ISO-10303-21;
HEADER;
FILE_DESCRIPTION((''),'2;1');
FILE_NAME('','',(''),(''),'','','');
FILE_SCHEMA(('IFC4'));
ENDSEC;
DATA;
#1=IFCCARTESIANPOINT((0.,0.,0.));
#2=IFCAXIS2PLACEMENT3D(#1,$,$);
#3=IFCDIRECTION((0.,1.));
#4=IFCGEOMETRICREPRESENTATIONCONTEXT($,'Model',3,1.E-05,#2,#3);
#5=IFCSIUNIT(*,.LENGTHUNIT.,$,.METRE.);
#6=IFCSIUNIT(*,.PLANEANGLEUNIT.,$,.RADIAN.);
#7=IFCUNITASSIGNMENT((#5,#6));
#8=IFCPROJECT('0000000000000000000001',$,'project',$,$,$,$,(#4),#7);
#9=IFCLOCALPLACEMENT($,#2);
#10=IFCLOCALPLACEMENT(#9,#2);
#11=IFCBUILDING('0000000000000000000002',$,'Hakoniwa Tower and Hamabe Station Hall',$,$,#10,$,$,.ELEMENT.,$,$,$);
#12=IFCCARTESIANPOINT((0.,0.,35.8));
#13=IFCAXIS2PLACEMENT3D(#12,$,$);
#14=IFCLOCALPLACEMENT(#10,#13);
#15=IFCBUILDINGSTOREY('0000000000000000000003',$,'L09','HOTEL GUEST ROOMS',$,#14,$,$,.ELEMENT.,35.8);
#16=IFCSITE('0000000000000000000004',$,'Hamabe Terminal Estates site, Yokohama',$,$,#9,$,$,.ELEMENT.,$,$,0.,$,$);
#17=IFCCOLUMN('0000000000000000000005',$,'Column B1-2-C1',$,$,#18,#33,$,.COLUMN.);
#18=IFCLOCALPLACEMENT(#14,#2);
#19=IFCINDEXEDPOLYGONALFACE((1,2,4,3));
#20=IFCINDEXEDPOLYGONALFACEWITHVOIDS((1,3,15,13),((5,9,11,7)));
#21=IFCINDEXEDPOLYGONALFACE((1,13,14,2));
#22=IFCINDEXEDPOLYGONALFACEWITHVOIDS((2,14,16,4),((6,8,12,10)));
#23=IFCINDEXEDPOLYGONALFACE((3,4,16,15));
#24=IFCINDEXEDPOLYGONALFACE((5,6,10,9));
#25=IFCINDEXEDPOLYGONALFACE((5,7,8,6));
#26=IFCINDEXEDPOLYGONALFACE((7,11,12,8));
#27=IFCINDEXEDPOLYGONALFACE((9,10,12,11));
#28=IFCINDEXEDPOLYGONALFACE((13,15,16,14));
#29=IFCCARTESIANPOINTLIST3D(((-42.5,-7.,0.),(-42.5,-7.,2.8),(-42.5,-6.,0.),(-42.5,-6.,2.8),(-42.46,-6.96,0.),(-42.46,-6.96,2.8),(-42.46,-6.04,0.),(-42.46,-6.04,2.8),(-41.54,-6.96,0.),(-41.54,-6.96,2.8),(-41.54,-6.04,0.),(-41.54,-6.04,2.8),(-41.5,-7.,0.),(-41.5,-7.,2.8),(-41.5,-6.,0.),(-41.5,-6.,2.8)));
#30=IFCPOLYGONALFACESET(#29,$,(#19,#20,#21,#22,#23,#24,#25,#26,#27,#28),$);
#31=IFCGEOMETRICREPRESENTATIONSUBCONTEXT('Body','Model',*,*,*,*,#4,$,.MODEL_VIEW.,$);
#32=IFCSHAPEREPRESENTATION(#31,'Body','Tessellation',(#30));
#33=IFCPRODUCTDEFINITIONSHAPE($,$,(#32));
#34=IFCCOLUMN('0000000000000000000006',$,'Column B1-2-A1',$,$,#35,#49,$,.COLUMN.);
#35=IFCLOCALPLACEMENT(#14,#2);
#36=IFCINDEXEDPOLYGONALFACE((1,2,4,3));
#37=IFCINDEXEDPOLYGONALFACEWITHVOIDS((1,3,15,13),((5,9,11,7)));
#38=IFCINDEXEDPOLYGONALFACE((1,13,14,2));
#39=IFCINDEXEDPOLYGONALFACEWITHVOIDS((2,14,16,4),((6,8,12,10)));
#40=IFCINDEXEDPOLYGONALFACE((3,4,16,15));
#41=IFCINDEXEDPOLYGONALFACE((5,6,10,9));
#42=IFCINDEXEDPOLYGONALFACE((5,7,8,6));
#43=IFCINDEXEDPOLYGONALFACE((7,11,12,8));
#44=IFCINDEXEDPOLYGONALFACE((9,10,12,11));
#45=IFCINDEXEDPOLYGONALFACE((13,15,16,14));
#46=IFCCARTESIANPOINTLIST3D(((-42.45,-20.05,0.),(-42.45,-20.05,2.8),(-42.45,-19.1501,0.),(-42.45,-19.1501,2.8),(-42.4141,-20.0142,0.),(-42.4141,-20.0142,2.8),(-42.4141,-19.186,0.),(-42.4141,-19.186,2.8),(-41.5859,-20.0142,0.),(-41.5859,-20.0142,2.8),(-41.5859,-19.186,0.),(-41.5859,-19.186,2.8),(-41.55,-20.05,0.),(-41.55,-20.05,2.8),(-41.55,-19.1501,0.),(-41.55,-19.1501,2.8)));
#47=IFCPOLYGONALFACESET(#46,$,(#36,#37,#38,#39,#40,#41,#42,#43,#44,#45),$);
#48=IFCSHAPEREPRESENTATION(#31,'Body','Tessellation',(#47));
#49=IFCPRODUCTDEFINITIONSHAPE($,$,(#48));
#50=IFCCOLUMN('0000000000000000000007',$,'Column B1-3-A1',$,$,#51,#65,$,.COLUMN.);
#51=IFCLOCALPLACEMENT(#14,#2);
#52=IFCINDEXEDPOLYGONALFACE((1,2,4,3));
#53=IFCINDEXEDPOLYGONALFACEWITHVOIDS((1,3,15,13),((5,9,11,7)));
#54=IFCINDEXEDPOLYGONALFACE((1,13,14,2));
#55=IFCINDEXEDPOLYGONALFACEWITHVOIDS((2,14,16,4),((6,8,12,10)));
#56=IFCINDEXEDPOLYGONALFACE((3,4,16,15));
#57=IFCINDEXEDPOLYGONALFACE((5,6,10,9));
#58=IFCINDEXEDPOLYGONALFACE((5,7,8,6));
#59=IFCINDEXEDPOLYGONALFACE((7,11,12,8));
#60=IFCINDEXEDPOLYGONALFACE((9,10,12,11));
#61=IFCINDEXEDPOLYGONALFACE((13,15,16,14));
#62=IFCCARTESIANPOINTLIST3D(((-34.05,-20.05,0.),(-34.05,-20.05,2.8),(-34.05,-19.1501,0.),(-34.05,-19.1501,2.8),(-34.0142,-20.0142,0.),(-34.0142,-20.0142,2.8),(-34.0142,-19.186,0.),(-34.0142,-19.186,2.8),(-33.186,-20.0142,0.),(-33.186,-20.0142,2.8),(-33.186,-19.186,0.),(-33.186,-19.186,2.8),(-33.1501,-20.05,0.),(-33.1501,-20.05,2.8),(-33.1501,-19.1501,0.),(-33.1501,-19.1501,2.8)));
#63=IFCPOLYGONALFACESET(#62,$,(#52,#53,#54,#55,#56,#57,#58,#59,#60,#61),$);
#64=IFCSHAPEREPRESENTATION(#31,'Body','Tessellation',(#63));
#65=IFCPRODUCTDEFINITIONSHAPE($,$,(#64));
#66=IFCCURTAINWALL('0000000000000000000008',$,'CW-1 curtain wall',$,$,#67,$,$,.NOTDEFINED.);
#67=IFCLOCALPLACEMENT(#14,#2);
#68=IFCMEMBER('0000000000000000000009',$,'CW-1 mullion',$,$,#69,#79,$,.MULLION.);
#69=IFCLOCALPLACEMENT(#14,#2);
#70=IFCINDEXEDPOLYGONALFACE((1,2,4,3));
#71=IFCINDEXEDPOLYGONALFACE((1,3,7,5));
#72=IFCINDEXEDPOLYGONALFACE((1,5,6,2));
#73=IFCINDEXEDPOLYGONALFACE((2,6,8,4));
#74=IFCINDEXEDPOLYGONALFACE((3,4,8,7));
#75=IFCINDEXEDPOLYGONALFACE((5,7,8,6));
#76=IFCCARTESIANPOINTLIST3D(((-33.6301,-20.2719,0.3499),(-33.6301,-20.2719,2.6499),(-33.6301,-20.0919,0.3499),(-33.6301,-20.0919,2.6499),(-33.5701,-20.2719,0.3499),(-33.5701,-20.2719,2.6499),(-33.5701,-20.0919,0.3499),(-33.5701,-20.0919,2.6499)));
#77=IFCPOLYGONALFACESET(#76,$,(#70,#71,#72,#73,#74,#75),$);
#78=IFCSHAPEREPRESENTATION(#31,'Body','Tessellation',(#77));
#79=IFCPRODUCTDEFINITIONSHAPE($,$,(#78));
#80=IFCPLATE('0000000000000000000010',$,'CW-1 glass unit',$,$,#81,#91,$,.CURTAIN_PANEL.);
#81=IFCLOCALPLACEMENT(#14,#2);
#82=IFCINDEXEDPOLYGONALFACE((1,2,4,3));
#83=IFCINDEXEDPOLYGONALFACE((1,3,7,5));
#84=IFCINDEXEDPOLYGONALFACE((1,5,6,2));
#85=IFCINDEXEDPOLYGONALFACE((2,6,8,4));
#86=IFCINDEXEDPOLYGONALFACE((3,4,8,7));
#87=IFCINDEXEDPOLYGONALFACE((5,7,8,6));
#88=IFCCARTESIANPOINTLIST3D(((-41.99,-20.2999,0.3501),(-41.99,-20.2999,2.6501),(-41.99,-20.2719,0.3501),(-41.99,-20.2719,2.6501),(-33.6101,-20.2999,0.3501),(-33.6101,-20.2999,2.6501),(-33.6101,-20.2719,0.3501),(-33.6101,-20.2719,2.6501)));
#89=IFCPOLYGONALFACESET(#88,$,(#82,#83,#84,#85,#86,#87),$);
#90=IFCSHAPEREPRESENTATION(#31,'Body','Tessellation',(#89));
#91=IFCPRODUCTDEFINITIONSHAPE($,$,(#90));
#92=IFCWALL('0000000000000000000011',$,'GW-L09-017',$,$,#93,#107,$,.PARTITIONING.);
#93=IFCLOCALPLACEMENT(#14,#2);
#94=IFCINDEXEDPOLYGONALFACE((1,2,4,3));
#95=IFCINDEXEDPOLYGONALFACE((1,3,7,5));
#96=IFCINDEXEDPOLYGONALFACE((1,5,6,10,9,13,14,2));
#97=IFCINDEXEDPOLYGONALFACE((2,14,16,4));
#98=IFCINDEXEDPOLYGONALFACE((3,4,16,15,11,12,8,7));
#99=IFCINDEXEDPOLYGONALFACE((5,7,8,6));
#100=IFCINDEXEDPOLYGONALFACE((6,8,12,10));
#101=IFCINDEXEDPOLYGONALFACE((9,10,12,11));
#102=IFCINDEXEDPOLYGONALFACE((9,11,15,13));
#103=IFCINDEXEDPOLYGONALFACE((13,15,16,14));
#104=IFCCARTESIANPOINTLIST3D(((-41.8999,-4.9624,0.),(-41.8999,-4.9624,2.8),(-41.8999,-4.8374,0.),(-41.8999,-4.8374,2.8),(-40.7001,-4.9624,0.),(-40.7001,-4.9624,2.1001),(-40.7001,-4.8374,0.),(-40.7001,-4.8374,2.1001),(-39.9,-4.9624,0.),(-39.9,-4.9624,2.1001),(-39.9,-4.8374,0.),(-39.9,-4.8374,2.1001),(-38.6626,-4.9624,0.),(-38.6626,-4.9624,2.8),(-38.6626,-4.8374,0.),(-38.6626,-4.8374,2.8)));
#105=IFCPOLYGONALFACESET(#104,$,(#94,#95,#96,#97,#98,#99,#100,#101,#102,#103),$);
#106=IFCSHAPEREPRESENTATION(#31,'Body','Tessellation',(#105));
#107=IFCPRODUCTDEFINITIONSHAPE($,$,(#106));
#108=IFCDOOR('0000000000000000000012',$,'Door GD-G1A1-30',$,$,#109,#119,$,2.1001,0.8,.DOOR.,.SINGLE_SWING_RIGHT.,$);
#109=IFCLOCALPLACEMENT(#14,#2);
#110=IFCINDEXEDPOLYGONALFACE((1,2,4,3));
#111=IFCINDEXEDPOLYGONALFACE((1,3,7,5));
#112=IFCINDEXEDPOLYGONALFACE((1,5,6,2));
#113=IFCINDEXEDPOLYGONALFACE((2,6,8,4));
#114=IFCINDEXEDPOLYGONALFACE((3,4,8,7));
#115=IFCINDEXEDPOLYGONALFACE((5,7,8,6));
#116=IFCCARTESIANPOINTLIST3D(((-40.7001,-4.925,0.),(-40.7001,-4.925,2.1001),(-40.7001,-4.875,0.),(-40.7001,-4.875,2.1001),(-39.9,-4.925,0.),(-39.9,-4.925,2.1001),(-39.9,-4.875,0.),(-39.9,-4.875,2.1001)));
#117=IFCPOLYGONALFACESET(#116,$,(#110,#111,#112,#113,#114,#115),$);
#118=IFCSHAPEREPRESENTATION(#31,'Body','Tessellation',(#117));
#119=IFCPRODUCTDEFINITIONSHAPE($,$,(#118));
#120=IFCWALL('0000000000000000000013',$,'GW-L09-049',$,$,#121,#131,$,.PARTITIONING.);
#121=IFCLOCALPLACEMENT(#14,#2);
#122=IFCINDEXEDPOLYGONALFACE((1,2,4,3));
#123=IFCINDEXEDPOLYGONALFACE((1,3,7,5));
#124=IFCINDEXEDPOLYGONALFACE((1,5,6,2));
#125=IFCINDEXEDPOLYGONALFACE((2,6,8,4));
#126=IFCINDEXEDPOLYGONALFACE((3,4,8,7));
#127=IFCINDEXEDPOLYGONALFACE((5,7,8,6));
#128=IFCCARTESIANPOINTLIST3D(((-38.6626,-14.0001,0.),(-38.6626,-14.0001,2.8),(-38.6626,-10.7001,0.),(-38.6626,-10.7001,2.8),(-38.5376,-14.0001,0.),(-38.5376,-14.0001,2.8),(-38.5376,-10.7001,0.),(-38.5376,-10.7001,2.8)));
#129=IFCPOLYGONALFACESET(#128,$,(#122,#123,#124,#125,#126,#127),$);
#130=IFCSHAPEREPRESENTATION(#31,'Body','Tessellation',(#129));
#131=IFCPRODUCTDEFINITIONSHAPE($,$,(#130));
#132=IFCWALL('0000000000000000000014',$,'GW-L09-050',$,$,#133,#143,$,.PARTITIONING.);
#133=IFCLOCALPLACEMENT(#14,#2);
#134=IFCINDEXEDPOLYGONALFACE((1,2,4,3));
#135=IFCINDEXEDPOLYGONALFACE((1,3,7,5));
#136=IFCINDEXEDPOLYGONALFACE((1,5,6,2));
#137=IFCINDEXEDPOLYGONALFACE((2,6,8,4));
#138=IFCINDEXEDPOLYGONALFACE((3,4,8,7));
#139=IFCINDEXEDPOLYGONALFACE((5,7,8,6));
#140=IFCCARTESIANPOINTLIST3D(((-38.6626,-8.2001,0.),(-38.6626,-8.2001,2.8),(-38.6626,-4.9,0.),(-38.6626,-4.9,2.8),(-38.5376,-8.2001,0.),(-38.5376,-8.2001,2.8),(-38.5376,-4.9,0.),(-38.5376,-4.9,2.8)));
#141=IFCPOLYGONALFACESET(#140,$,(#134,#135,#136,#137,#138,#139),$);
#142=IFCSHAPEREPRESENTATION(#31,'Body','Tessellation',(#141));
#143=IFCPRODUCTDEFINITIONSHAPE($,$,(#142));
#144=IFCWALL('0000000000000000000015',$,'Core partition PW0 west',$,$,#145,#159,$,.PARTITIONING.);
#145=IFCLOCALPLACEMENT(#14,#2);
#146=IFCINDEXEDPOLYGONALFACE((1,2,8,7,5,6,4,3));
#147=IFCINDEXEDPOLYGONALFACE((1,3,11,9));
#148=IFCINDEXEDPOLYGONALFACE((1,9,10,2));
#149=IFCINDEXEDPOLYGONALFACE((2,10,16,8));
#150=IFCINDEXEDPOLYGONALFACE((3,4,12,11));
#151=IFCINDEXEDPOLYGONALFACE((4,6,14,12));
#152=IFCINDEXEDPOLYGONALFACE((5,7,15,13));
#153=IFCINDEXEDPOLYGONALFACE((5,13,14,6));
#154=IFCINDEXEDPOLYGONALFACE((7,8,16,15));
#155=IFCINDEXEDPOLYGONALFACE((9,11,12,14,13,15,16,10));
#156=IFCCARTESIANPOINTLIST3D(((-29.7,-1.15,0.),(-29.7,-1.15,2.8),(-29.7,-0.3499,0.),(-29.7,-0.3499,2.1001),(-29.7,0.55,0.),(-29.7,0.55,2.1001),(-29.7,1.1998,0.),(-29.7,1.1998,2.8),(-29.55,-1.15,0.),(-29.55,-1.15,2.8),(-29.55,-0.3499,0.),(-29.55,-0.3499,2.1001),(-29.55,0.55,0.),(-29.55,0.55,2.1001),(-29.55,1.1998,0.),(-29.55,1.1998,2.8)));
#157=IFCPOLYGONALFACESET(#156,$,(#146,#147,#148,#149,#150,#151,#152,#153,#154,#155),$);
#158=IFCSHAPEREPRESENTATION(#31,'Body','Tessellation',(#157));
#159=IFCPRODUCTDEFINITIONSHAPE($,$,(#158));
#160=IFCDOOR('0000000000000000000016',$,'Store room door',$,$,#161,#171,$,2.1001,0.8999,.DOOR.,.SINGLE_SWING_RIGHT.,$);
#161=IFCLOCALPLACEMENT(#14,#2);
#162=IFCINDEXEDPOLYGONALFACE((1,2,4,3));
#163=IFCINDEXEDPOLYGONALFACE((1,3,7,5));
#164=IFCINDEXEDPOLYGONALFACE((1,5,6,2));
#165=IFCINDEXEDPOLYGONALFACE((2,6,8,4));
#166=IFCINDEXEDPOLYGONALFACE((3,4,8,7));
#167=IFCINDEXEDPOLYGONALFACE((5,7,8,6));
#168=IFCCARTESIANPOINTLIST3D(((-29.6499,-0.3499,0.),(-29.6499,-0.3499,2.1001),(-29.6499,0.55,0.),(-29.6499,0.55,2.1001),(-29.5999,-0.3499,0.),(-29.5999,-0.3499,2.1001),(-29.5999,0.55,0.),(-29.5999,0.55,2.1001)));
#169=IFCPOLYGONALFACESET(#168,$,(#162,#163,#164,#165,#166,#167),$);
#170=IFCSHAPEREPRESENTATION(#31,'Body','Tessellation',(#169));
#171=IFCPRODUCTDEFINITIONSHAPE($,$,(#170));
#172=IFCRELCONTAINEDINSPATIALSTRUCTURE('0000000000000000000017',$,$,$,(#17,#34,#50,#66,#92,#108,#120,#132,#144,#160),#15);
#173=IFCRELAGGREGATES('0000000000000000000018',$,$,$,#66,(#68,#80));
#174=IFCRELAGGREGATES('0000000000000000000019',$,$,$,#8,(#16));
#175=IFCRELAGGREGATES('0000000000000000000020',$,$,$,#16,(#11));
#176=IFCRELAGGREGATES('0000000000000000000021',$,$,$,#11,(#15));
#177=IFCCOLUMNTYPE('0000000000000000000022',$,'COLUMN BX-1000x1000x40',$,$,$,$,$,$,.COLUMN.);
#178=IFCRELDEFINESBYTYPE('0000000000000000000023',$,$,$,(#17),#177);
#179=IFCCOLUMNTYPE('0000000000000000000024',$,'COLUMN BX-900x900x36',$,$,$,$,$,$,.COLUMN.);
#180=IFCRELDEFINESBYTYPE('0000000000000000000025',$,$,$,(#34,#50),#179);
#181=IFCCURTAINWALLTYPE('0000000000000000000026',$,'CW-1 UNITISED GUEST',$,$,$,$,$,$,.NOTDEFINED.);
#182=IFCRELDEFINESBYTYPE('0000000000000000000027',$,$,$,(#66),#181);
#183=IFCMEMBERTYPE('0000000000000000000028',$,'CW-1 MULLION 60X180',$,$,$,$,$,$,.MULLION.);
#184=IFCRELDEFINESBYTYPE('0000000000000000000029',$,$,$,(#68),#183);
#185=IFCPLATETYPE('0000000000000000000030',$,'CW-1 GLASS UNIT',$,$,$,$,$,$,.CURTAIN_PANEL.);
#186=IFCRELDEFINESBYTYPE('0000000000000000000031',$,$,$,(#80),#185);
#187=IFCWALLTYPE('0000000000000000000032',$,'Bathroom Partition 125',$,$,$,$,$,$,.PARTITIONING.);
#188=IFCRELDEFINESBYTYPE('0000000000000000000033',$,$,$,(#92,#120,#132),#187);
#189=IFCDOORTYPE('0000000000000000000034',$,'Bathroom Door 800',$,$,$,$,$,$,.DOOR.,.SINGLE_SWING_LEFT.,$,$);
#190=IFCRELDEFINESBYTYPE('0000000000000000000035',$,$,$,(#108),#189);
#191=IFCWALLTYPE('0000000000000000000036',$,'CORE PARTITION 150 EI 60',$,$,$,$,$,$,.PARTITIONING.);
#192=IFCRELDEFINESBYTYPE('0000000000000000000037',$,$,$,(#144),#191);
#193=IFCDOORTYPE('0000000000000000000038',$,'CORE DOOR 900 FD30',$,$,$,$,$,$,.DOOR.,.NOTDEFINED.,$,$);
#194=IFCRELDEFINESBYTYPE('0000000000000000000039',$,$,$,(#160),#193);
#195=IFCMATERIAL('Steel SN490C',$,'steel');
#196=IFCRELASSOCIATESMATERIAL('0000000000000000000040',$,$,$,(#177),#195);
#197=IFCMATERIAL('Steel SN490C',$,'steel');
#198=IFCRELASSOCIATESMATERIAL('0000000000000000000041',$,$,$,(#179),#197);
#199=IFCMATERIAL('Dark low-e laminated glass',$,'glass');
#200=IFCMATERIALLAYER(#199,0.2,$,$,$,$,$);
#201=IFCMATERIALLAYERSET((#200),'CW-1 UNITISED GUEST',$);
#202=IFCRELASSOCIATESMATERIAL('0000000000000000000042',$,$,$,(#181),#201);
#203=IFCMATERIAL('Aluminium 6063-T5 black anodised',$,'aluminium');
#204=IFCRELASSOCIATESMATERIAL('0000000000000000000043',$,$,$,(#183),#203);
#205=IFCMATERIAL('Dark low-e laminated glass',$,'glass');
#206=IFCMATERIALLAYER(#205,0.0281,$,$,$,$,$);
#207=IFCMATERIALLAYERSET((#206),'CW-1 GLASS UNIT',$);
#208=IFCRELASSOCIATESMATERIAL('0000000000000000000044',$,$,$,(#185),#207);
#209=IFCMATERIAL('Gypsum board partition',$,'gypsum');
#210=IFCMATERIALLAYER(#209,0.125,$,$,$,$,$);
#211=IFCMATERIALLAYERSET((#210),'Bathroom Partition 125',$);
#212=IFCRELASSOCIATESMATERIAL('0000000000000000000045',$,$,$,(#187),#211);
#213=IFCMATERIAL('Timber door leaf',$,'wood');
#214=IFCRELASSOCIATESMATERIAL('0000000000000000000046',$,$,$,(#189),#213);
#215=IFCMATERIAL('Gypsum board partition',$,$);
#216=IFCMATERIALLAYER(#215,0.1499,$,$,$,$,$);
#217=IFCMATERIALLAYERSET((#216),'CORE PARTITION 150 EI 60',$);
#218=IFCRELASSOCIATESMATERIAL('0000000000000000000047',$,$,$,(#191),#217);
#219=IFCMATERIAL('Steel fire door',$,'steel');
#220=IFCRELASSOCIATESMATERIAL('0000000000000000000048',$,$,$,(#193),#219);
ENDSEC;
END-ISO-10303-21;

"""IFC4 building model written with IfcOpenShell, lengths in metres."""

from ifc_helpers import new_model, si_unit, direction, frame, frame_2d, origin, origin_2d, place, context, subcontext, project, spatial, rectangle, hollow_rectangle, extrude, material, layer, layer_set, material_profile, profile_set, type_object, element, fill, aggregate, save


model = new_model("IFC4")

# Units and contexts
model_context = context("Model", 3, precision=1e-05, world=origin(), true_north=direction((0.0, 1.0)))
body_context = subcontext(model_context, "Body", "Model", "MODEL_VIEW")
ifc_project = project(units=[si_unit("LENGTHUNIT", "METRE"), si_unit("PLANEANGLEUNIT", "RADIAN")], contexts=[model_context])

# Site, building, storey
site_placement = place(None, origin())
site = spatial("IfcSite", under=ifc_project, at=site_placement, Name="Hamabe Terminal Estates site, Yokohama", CompositionType="ELEMENT", RefElevation=0.0)
building_placement = place(site_placement, origin())
building = spatial("IfcBuilding", under=site, at=building_placement, Name="Hakoniwa Tower and Hamabe Station Hall", CompositionType="ELEMENT")
storey_placement = place(building_placement, frame((0.0, 0.0, 35.8)))
storey = spatial("IfcBuildingStorey", under=building, at=storey_placement, Name="L09", Description="HOTEL GUEST ROOMS", CompositionType="ELEMENT", Elevation=35.8)

# Columns
ifc_material_1 = material(Name="Steel SN490C", Category="steel")
ifc_material_profile_1 = material_profile(ifc_material_1, hollow_rectangle(XDim=1.0, YDim=1.0, WallThickness=0.04, at=origin_2d()), Name="BX-1000x1000x40")
ifc_profile_set_1 = profile_set([ifc_material_profile_1], Name="Steel SN490C")
column_type_1 = type_object("IfcColumnType", Name="COLUMN BX-1000x1000x40", PredefinedType="COLUMN", material=ifc_profile_set_1)
column_placement = place(storey_placement, frame((-42.0, -6.5, 0.0), z_axis=(0.0, 0.0, 1.0), x_axis=(1.0, 0.0, 0.0)))
element("IfcColumn", 1, at=column_placement, inside=storey, type_object=column_type_1, Name="Column B1-2-C1", PredefinedType="COLUMN", context=body_context, shape_type="SweptSolid", body=[
    extrude(hollow_rectangle(XDim=1.0, YDim=1.0, WallThickness=0.04, at=origin_2d()), origin(), (0.0, 0.0, 1.0), 2.8),
])
ifc_material_2 = material(Name="Steel SN490C", Category="steel")
ifc_material_profile_2 = material_profile(ifc_material_2, hollow_rectangle(XDim=0.8999, YDim=0.8999, WallThickness=0.0359, at=origin_2d()), Name="BX-900x900x36")
ifc_profile_set_2 = profile_set([ifc_material_profile_2], Name="Steel SN490C")
column_type_2 = type_object("IfcColumnType", Name="COLUMN BX-900x900x36", PredefinedType="COLUMN", material=ifc_profile_set_2)
for number, where, z_axis, x_axis, name in (
    (2, (-42.0, -19.6001, 0.0), (0.0, 0.0, 1.0), (1.0, 0.0, 0.0), "Column B1-2-A1"),
    (3, (-33.6001, -19.6001, 0.0), (0.0, 0.0, 1.0), (1.0, 0.0, 0.0), "Column B1-3-A1"),
):
    element("IfcColumn", number, at=place(storey_placement, frame(where, z_axis=z_axis, x_axis=x_axis)), inside=storey, type_object=column_type_2, Name=name, PredefinedType="COLUMN", context=body_context, shape_type="SweptSolid", body=[
        extrude(hollow_rectangle(XDim=0.8999, YDim=0.8999, WallThickness=0.0359, at=origin_2d()), origin(), (0.0, 0.0, 1.0), 2.8),
    ])

# Curtain wall, member, plate
ifc_material_3 = material(Name="Dark low-e laminated glass", Category="glass")
ifc_layer_1 = layer(ifc_material_3, 0.2)
ifc_layer_set_1 = layer_set([ifc_layer_1], Name="CW-1 UNITISED GUEST")
curtain_wall_type = type_object("IfcCurtainWallType", Name="CW-1 UNITISED GUEST", PredefinedType="NOTDEFINED", material=ifc_layer_set_1)
curtain_wall_placement = place(storey_placement, origin())
curtain_wall = element("IfcCurtainWall", 4, at=curtain_wall_placement, inside=storey, type_object=curtain_wall_type, Name="CW-1 curtain wall", PredefinedType="NOTDEFINED")
ifc_material_4 = material(Name="Aluminium 6063-T5 black anodised", Category="aluminium")
ifc_material_profile_3 = material_profile(ifc_material_4, rectangle(XDim=0.0601, YDim=0.1799, at=origin_2d()), Name="CW-1 MULLION 60X180")
ifc_profile_set_3 = profile_set([ifc_material_profile_3], Name="Aluminium 6063-T5 black anodised")
member_type = type_object("IfcMemberType", Name="CW-1 MULLION 60X180", PredefinedType="MULLION", material=ifc_profile_set_3)
member_placement = place(storey_placement, frame((-33.6001, -20.1819, 0.3499), z_axis=(0.0, 0.0, 1.0), x_axis=(1.0, 0.0, 0.0)))
member = element("IfcMember", 5, at=member_placement, type_object=member_type, Name="CW-1 mullion", PredefinedType="MULLION", context=body_context, shape_type="SweptSolid", body=[
    extrude(rectangle(XDim=0.0601, YDim=0.1799, at=origin_2d()), origin(), (0.0, 0.0, 1.0), 2.3),
])
ifc_material_5 = material(Name="Dark low-e laminated glass", Category="glass")
ifc_layer_2 = layer(ifc_material_5, 0.0281)
ifc_layer_set_2 = layer_set([ifc_layer_2], Name="CW-1 GLASS UNIT")
plate_type = type_object("IfcPlateType", Name="CW-1 GLASS UNIT", PredefinedType="CURTAIN_PANEL", material=ifc_layer_set_2)
plate_placement = place(storey_placement, frame((-37.8, -20.2859, 0.3501), z_axis=(0.0, 0.0, 1.0), x_axis=(1.0, 0.0, 0.0)))
plate = element("IfcPlate", 6, at=plate_placement, type_object=plate_type, Name="CW-1 glass unit", PredefinedType="CURTAIN_PANEL", context=body_context, shape_type="SweptSolid", body=[
    extrude(rectangle(XDim=8.3799, YDim=0.0281, at=origin_2d()), origin(), (0.0, 0.0, 1.0), 2.3),
])
aggregate(curtain_wall, [member, plate])

# Wall, opening, door
ifc_material_6 = material(Name="Gypsum board partition", Category="gypsum")
ifc_layer_3 = layer(ifc_material_6, 0.125)
ifc_layer_set_3 = layer_set([ifc_layer_3], Name="Bathroom Partition 125")
wall_type_1 = type_object("IfcWallType", Name="Bathroom Partition 125", PredefinedType="PARTITIONING", material=ifc_layer_set_3)
wall_1_placement = place(storey_placement, frame((-41.8999, -4.8999, 0.0), z_axis=(0.0, 0.0, 1.0), x_axis=(1.0, 0.0, 0.0)))
wall_1 = element("IfcWall", 7, at=wall_1_placement, inside=storey, type_object=wall_type_1, Name="GW-L09-017", PredefinedType="PARTITIONING", context=body_context, shape_type="SweptSolid", body=[
    extrude(rectangle(XDim=3.2373, YDim=0.125, at=frame_2d((1.6187, 0.0))), origin(), (0.0, 0.0, 1.0), 2.8),
])
opening_1_placement = place(wall_1_placement, frame((1.2, 0.0, 0.0)))
opening_1 = element("IfcOpeningElement", 8, at=opening_1_placement, cuts=wall_1, PredefinedType="OPENING", context=body_context, shape_type="SweptSolid", body=[
    extrude(rectangle(XDim=0.8, YDim=2.1001, at=frame_2d((0.3999, 1.05))), frame((0.0, 0.0725, 0.0), z_axis=(0.0, -1.0, 0.0), x_axis=(1.0, 0.0, 0.0)), (0.0, 0.0, 1.0), 0.145),
])
ifc_material_7 = material(Name="Timber door leaf", Category="wood")
door_type_1 = type_object("IfcDoorType", Name="Bathroom Door 800", OperationType="SINGLE_SWING_LEFT", PredefinedType="DOOR", material=ifc_material_7)
door_1_placement = place(opening_1_placement, origin())
door_1 = element("IfcDoor", 9, at=door_1_placement, inside=storey, type_object=door_type_1, Name="Door GD-G1A1-30", OperationType="SINGLE_SWING_RIGHT", OverallHeight=2.1001, OverallWidth=0.8, PredefinedType="DOOR", context=body_context, shape_type="SweptSolid", body=[
    extrude(rectangle(XDim=0.8, YDim=2.1001, at=frame_2d((0.3999, 1.05))), frame((0.0, 0.0249, 0.0), z_axis=(0.0, -1.0, 0.0), x_axis=(1.0, 0.0, 0.0)), (0.0, 0.0, 1.0), 0.05),
])
fill(opening_1, door_1)

# Walls
for number, where, z_axis, x_axis, name in (
    (10, (-38.6001, -14.0, 0.0), (0.0, 0.0, 1.0), (0.0, 1.0, 0.0), "GW-L09-049"),
    (11, (-38.6001, -8.2, 0.0), (0.0, 0.0, 1.0), (0.0, 1.0, 0.0), "GW-L09-050"),
):
    element("IfcWall", number, at=place(storey_placement, frame(where, z_axis=z_axis, x_axis=x_axis)), inside=storey, type_object=wall_type_1, Name=name, PredefinedType="PARTITIONING", context=body_context, shape_type="SweptSolid", body=[
        extrude(rectangle(XDim=3.3, YDim=0.125, at=frame_2d((1.6499, 0.0))), origin(), (0.0, 0.0, 1.0), 2.8),
    ])

# Wall, opening, door
ifc_material_8 = material(Name="Gypsum board partition")
ifc_layer_4 = layer(ifc_material_8, 0.1499)
ifc_layer_set_4 = layer_set([ifc_layer_4], Name="CORE PARTITION 150 EI 60")
wall_type_2 = type_object("IfcWallType", Name="CORE PARTITION 150 EI 60", PredefinedType="PARTITIONING", material=ifc_layer_set_4)
wall_2_placement = place(storey_placement, frame((-29.625, -1.1499, 0.0), z_axis=(0.0, 0.0, 1.0), x_axis=(0.0, 1.0, 0.0)))
wall_2 = element("IfcWall", 12, at=wall_2_placement, inside=storey, type_object=wall_type_2, Name="Core partition PW0 west", PredefinedType="PARTITIONING", context=body_context, shape_type="SweptSolid", body=[
    extrude(rectangle(XDim=2.3499, YDim=0.1499, at=frame_2d((1.1748, 0.0))), origin(), (0.0, 0.0, 1.0), 2.8),
])
opening_2_placement = place(wall_2_placement, frame((0.8, 0.0, 0.0)))
opening_2 = element("IfcOpeningElement", 13, at=opening_2_placement, cuts=wall_2, PredefinedType="OPENING", context=body_context, shape_type="SweptSolid", body=[
    extrude(rectangle(XDim=0.8999, YDim=2.1001, at=frame_2d((0.45, 1.05))), frame((0.0, 0.085, 0.0), z_axis=(0.0, -1.0, 0.0), x_axis=(1.0, 0.0, 0.0)), (0.0, 0.0, 1.0), 0.1699),
])
ifc_material_9 = material(Name="Steel fire door", Category="steel")
door_type_2 = type_object("IfcDoorType", Name="CORE DOOR 900 FD30", OperationType="NOTDEFINED", PredefinedType="DOOR", material=ifc_material_9)
door_2_placement = place(opening_2_placement, origin())
door_2 = element("IfcDoor", 14, at=door_2_placement, inside=storey, type_object=door_type_2, Name="Store room door", OperationType="SINGLE_SWING_RIGHT", OverallHeight=2.1001, OverallWidth=0.8999, PredefinedType="DOOR", context=body_context, shape_type="SweptSolid", body=[
    extrude(rectangle(XDim=0.8999, YDim=2.1001, at=frame_2d((0.45, 1.05))), frame((0.0, 0.0249, 0.0), z_axis=(0.0, -1.0, 0.0), x_axis=(1.0, 0.0, 0.0)), (0.0, 0.0, 1.0), 0.05),
])
fill(opening_2, door_2)

save(model, "model.ifc")
